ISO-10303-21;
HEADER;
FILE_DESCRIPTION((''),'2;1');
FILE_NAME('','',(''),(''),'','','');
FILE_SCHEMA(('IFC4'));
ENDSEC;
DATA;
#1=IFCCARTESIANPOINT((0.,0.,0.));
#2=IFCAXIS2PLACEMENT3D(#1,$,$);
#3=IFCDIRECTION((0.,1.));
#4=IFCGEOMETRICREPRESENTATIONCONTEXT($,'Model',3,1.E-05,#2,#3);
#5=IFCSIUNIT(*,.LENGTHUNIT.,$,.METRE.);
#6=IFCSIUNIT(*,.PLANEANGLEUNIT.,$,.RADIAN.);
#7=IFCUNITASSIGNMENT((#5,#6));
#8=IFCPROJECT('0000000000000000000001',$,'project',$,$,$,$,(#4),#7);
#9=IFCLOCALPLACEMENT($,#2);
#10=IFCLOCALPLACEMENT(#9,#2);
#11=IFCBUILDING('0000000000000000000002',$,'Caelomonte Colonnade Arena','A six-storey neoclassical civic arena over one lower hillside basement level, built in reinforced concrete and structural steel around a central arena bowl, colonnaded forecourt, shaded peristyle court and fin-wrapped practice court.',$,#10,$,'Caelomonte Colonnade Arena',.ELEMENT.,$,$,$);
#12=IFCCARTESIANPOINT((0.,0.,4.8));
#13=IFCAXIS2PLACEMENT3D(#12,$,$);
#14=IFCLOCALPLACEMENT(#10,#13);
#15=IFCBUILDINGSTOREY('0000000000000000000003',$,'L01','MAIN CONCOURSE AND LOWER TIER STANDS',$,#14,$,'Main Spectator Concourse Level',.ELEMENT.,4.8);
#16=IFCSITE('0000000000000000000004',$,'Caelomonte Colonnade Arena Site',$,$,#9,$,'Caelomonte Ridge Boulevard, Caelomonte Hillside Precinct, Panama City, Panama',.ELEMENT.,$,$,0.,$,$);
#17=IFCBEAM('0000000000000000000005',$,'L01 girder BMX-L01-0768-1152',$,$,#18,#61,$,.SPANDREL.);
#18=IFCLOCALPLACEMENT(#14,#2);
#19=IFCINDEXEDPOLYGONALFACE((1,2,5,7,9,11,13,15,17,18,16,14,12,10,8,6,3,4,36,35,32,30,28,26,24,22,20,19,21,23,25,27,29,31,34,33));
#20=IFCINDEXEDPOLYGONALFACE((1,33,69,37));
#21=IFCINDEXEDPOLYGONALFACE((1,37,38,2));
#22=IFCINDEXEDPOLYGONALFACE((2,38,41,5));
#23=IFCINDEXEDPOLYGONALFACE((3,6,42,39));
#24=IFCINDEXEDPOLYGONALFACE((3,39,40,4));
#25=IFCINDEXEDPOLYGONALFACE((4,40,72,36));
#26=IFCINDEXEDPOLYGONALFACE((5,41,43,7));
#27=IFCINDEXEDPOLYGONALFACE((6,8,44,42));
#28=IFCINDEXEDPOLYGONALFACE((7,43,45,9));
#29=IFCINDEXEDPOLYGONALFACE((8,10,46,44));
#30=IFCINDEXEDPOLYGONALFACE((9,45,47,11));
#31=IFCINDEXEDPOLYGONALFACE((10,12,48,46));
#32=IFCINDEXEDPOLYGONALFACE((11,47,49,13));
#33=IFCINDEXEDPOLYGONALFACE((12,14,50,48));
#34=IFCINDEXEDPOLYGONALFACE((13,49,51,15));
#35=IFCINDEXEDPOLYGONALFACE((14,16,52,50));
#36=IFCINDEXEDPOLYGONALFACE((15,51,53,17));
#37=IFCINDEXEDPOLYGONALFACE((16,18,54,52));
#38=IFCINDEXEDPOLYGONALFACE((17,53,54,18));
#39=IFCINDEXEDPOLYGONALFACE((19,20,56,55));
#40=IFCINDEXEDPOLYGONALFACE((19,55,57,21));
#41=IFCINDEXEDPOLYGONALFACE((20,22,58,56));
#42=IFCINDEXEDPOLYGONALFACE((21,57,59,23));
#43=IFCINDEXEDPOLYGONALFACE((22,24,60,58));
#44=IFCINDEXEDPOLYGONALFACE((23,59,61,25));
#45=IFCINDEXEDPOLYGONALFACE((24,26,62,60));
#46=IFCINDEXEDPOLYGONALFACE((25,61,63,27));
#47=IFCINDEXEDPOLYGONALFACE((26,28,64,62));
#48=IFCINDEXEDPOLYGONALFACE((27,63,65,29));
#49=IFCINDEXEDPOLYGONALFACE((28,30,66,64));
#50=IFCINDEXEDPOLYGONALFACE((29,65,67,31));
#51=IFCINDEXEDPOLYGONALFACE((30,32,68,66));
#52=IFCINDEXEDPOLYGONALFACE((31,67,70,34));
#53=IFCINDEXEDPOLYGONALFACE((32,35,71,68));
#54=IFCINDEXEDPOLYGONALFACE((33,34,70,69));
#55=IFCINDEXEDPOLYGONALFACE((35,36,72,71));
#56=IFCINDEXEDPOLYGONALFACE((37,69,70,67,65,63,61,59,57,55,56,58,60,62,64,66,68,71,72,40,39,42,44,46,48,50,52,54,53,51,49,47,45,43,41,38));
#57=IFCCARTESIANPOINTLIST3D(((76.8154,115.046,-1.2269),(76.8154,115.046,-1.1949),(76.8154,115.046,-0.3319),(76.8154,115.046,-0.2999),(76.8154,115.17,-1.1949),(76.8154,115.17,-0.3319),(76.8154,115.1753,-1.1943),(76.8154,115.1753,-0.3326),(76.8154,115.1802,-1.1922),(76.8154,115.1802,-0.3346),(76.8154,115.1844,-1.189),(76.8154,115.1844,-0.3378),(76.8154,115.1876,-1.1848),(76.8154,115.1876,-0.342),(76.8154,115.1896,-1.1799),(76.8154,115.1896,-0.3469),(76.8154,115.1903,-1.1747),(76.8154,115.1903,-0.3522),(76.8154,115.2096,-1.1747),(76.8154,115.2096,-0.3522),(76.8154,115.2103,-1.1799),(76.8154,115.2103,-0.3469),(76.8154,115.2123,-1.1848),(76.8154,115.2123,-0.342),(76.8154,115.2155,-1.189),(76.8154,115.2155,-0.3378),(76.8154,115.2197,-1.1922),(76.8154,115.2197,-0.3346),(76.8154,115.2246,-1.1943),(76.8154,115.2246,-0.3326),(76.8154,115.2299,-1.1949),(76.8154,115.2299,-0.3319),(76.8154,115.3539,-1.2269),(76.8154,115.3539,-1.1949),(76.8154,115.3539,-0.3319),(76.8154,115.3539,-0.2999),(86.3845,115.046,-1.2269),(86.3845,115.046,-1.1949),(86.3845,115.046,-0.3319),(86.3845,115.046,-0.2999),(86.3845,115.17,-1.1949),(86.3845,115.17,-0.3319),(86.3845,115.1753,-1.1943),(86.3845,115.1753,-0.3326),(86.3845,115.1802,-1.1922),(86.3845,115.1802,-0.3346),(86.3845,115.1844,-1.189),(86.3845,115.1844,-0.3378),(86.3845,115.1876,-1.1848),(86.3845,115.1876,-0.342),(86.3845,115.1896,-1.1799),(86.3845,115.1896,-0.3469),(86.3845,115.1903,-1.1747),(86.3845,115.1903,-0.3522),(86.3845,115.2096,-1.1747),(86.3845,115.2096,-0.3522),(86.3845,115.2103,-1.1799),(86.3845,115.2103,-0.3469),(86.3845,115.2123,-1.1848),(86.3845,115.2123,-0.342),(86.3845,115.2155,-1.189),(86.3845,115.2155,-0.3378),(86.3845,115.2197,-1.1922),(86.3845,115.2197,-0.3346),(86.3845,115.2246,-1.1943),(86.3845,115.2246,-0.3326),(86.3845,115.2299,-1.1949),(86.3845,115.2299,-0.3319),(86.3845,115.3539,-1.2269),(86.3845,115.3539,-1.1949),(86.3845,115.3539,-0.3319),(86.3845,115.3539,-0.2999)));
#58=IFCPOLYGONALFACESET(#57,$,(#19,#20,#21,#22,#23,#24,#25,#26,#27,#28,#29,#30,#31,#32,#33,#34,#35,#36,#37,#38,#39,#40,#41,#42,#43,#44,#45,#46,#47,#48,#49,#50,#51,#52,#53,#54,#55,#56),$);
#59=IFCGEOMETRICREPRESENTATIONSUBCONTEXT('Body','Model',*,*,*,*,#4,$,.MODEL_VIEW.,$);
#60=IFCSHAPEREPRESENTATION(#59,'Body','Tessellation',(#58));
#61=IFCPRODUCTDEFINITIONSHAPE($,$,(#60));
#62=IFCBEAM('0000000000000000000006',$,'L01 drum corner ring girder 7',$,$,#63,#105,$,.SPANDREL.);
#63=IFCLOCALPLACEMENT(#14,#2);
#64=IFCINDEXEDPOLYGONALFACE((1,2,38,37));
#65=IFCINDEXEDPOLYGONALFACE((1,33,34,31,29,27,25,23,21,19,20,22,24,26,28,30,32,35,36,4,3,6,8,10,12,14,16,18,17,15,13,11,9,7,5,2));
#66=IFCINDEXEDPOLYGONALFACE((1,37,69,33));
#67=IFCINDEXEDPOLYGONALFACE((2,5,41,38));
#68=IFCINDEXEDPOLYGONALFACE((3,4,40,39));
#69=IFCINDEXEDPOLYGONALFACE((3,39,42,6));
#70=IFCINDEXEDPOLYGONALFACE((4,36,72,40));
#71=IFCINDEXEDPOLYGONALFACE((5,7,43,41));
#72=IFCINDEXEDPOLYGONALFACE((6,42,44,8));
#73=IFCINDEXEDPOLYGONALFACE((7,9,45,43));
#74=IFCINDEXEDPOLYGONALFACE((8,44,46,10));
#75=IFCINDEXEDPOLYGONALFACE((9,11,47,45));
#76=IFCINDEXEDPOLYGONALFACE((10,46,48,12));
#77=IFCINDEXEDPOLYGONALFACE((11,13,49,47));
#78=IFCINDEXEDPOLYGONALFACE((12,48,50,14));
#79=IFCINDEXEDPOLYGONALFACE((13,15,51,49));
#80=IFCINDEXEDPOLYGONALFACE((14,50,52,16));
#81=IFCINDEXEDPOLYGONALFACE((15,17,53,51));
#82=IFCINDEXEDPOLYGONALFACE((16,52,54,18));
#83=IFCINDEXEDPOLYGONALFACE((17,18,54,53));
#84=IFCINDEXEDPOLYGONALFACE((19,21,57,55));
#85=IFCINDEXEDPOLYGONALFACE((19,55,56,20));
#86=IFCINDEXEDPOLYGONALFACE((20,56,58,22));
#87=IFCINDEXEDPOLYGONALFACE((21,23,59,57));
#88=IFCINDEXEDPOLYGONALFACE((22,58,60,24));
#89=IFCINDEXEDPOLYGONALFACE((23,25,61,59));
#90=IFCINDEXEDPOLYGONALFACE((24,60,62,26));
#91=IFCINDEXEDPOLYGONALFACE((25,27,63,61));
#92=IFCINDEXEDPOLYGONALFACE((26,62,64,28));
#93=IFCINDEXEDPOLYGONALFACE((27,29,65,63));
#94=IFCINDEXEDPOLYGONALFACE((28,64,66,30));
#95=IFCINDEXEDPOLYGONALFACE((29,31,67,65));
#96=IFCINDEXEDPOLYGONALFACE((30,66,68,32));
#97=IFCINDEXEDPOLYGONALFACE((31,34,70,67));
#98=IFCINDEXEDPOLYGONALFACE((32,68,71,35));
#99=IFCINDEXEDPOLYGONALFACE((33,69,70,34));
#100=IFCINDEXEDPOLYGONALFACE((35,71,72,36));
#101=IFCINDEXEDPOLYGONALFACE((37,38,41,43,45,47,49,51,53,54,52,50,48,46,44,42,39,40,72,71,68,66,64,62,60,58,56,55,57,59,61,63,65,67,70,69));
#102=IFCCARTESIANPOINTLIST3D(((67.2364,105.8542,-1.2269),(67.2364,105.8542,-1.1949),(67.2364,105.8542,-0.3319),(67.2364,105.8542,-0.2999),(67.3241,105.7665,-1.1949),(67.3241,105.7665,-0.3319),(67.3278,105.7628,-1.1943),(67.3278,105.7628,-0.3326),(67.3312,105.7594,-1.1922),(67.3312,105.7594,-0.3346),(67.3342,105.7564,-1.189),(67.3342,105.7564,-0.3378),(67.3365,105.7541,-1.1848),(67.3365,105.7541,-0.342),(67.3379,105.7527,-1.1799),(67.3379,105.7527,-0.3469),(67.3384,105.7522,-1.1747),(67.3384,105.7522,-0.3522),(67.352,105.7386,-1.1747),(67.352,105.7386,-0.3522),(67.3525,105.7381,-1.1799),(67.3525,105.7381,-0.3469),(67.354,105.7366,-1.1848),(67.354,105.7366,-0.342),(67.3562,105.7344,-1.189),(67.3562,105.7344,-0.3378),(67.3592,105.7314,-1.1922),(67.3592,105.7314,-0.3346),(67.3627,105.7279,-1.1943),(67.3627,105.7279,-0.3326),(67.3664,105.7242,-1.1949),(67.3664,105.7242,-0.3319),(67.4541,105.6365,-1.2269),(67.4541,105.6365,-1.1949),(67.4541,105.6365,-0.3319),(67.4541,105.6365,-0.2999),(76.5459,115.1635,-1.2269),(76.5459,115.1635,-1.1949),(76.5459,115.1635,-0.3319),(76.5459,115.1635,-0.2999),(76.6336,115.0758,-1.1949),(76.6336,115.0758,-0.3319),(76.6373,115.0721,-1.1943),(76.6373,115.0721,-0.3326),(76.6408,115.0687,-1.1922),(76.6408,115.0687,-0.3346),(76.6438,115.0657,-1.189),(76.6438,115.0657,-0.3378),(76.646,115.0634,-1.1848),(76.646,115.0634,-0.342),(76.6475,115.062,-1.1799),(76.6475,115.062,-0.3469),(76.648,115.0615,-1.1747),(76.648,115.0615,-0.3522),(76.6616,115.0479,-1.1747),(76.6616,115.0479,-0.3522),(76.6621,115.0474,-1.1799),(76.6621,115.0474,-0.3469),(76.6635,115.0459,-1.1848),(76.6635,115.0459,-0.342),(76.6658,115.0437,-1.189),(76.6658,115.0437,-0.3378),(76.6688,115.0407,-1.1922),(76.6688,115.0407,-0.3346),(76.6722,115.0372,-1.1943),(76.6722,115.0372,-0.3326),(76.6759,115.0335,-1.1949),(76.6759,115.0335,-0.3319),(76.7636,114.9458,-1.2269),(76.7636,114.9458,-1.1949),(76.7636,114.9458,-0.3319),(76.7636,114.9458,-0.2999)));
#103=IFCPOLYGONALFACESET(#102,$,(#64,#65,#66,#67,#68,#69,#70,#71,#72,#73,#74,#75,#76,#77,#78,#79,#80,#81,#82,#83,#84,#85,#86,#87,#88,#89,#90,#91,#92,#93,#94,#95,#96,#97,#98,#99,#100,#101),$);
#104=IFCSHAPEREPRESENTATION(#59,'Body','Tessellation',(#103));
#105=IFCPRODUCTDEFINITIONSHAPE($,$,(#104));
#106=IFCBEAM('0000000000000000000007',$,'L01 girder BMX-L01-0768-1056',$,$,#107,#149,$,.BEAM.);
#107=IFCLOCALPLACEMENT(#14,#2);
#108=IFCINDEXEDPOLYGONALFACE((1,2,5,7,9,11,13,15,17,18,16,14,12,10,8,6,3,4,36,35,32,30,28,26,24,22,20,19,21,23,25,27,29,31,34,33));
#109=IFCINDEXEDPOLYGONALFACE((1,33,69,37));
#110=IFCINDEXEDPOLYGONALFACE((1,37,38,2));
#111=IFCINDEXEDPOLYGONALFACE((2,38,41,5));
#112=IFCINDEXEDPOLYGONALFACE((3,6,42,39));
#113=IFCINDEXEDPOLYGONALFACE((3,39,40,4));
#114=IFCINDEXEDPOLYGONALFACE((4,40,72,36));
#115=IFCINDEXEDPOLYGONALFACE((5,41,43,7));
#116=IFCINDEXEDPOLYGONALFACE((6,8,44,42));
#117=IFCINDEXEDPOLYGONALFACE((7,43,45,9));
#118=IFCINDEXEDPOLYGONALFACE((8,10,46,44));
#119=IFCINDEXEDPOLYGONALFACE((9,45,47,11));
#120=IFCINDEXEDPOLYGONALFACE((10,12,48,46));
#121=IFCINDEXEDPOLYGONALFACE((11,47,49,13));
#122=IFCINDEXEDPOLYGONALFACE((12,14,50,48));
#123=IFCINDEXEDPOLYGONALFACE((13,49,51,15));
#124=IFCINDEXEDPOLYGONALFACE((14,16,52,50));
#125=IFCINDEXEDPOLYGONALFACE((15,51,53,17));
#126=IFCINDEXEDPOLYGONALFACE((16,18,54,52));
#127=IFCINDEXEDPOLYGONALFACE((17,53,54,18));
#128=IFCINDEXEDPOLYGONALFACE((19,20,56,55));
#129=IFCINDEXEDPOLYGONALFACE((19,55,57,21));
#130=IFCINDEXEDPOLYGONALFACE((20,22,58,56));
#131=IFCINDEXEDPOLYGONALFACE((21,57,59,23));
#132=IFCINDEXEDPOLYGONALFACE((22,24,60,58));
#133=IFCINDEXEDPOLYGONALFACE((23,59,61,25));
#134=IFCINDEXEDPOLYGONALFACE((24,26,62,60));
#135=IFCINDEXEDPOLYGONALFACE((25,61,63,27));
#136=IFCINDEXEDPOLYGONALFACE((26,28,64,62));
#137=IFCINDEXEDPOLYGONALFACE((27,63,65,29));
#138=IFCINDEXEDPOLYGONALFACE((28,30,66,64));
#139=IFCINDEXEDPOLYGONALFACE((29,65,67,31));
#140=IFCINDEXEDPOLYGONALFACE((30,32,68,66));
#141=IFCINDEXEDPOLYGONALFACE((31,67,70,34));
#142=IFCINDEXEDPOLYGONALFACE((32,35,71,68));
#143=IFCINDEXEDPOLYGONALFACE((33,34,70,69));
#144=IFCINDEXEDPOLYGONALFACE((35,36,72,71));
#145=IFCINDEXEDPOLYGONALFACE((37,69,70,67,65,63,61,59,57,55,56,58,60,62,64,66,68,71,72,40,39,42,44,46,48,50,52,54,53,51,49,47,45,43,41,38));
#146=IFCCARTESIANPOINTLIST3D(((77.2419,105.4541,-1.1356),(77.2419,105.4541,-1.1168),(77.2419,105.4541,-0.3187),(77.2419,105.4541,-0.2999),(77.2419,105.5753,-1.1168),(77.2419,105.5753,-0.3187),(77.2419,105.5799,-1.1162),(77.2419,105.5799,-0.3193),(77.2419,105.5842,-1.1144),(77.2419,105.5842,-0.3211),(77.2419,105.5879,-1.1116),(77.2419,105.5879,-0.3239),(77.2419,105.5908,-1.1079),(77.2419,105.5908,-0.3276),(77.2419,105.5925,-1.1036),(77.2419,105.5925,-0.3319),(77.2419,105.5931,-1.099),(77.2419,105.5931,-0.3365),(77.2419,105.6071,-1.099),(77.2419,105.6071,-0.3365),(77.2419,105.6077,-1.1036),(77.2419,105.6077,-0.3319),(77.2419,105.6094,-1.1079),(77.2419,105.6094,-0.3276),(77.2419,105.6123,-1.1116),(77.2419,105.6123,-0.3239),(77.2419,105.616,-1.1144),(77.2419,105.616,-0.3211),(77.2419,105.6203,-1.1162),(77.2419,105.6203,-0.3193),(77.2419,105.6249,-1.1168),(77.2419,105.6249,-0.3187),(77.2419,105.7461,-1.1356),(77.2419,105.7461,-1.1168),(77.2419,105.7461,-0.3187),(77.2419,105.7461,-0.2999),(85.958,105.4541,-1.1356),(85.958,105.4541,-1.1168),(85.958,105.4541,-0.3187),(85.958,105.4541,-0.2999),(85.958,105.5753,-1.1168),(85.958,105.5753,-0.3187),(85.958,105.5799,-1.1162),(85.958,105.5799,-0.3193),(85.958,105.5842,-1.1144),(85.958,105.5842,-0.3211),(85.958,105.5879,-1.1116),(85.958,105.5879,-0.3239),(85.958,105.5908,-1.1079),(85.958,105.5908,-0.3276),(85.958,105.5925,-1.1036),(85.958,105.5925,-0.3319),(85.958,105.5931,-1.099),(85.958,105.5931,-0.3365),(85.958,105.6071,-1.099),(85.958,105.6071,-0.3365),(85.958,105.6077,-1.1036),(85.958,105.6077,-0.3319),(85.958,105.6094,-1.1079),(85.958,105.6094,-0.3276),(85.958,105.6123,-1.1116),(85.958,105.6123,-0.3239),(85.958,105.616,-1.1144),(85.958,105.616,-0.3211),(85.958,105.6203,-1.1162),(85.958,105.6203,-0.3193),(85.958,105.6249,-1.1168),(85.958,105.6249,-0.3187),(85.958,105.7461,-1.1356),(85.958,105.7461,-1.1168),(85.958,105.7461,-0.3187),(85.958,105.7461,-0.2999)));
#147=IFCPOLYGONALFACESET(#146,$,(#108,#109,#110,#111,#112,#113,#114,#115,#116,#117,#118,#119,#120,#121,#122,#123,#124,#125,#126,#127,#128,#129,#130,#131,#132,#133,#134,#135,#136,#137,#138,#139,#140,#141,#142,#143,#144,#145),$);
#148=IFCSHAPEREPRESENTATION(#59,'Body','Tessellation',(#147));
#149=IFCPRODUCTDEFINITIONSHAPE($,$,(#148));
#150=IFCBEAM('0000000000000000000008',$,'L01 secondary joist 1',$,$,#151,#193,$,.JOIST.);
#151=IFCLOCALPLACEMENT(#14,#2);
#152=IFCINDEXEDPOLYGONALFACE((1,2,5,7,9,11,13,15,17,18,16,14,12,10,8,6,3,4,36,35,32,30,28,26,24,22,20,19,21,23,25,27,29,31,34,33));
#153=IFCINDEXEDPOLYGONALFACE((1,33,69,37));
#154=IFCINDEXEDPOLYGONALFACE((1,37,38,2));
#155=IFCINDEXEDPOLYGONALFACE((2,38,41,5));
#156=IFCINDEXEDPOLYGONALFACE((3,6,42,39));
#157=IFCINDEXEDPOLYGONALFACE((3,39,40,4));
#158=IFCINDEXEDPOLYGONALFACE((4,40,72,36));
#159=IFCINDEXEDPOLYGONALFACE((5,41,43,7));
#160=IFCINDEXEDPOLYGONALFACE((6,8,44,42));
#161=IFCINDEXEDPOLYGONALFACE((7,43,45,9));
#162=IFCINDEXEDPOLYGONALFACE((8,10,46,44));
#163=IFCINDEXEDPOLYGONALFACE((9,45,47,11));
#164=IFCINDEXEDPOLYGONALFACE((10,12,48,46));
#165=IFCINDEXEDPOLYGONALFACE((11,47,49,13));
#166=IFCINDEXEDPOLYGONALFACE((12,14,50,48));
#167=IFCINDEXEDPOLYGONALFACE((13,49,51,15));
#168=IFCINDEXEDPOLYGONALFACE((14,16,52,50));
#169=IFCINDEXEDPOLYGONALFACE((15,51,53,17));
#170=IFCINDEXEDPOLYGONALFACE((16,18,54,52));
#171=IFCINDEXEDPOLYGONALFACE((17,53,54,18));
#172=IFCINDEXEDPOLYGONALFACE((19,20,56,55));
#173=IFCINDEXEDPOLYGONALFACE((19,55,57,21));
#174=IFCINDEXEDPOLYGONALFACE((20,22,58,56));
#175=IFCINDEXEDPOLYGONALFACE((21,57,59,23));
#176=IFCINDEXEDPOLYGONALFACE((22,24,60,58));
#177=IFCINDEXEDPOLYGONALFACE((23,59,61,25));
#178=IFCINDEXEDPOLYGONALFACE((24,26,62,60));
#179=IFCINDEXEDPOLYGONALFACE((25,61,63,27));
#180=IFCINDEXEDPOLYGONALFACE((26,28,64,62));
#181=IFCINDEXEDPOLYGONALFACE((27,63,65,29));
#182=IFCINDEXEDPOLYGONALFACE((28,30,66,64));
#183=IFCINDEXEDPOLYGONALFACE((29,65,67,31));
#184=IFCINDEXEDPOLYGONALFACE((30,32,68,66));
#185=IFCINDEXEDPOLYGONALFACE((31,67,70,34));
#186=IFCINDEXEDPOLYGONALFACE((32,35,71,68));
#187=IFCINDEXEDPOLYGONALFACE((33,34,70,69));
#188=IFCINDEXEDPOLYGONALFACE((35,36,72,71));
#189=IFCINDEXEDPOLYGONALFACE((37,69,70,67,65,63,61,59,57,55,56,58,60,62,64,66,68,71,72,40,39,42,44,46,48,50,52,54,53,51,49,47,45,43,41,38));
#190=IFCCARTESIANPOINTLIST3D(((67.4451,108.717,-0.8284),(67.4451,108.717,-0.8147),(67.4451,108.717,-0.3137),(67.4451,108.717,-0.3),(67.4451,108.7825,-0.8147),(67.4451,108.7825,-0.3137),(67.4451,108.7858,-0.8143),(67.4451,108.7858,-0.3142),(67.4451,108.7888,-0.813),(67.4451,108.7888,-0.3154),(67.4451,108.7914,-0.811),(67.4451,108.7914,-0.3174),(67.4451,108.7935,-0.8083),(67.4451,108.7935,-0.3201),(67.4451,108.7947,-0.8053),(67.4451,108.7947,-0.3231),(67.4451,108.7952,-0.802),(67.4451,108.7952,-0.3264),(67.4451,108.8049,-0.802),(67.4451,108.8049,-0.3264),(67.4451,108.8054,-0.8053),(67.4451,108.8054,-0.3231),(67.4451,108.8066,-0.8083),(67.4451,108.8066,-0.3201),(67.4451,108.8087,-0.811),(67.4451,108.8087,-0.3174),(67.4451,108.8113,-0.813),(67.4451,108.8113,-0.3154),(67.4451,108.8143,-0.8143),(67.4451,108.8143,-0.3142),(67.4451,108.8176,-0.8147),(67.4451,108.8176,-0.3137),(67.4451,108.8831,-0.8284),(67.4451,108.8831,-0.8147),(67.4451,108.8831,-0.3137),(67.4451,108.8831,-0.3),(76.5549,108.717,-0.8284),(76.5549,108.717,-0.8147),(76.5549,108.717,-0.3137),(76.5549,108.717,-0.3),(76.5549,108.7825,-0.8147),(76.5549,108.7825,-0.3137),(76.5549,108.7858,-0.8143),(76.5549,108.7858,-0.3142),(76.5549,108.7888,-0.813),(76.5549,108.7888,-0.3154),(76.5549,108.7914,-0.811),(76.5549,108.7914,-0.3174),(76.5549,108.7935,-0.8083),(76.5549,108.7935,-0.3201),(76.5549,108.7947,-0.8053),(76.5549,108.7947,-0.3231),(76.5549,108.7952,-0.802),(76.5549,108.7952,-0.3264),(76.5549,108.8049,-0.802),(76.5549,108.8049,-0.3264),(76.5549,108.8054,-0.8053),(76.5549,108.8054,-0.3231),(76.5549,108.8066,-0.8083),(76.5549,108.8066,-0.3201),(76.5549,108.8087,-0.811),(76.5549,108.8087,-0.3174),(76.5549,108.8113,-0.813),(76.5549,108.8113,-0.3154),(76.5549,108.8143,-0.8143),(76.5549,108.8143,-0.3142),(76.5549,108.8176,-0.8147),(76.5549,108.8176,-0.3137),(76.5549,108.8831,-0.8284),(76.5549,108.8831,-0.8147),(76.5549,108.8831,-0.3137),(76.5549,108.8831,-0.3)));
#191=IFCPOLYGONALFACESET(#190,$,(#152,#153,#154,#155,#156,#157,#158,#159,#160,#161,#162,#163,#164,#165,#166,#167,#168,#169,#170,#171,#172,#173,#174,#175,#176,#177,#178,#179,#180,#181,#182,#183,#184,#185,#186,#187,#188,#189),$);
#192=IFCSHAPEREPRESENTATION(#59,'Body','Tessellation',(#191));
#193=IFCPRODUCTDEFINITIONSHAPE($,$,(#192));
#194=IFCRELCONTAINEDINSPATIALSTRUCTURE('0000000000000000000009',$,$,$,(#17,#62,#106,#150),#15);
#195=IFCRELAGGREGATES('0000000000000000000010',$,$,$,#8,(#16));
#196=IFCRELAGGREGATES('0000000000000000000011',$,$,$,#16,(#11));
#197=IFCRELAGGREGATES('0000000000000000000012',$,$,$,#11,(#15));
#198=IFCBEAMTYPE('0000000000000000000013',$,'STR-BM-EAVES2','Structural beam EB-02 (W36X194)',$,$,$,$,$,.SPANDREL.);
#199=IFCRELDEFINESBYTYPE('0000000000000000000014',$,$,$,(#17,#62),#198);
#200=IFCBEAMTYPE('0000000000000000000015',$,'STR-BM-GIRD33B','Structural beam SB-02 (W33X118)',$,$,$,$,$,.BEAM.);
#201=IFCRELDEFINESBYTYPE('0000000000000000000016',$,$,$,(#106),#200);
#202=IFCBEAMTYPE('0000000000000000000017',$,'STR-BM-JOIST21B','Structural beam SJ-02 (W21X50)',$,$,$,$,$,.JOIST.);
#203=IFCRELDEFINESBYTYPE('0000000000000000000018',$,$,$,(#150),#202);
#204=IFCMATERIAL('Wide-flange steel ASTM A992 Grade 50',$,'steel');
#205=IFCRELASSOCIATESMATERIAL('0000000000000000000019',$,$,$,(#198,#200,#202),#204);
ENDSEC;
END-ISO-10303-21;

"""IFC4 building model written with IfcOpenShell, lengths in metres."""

from ifc_helpers import new_model, si_unit, direction, frame, origin, origin_2d, place, context, subcontext, project, spatial, i_section, extrude, material, material_profile, profile_set, type_object, element, save


model = new_model("IFC4")

# Units and contexts
model_context = context("Model", 3, precision=1e-05, world=origin(), true_north=direction((0.0, 1.0)))
body_context = subcontext(model_context, "Body", "Model", "MODEL_VIEW")
ifc_project = project(units=[si_unit("LENGTHUNIT", "METRE"), si_unit("PLANEANGLEUNIT", "RADIAN")], contexts=[model_context])

# Site, building, storey
site_placement = place(None, origin())
site = spatial("IfcSite", under=ifc_project, at=site_placement, Name="Caelomonte Colonnade Arena Site", LongName="Caelomonte Ridge Boulevard, Caelomonte Hillside Precinct, Panama City, Panama", CompositionType="ELEMENT", RefElevation=0.0)
building_placement = place(site_placement, origin())
building = spatial("IfcBuilding", under=site, at=building_placement, Name="Caelomonte Colonnade Arena", Description="A six-storey neoclassical civic arena over one lower hillside basement level, built in reinforced concrete and structural steel around a central arena bowl, colonnaded forecourt, shaded peristyle court and fin-wrapped practice court.", LongName="Caelomonte Colonnade Arena", CompositionType="ELEMENT")
storey_placement = place(building_placement, frame((0.0, 0.0, 4.8)))
storey = spatial("IfcBuildingStorey", under=building, at=storey_placement, Name="L01", Description="MAIN CONCOURSE AND LOWER TIER STANDS", LongName="Main Spectator Concourse Level", CompositionType="ELEMENT", Elevation=4.8)

# Shared definitions
ifc_material_1 = material(Name="Wide-flange steel ASTM A992 Grade 50", Category="steel")

# Beams
ifc_material_profile_1 = material_profile(ifc_material_1, i_section(OverallWidth=0.3079, OverallDepth=0.927, WebThickness=0.0193, FlangeThickness=0.032, FilletRadius=0.0203, at=origin_2d()), Name="W36X194")
ifc_profile_set_1 = profile_set([ifc_material_profile_1], Name="Wide-flange steel ASTM A992 Grade 50")
beam_type_1 = type_object("IfcBeamType", Name="STR-BM-EAVES2", Description="Structural beam EB-02 (W36X194)", PredefinedType="SPANDREL", material=ifc_profile_set_1)
beam_1_placement = place(storey_placement, frame((76.8154, 115.2, -0.7634), z_axis=(1.0, 0.0, 0.0), x_axis=(0.0, 1.0, 0.0)))
element("IfcBeam", 1, at=beam_1_placement, inside=storey, type_object=beam_type_1, Name="L01 girder BMX-L01-0768-1152", PredefinedType="SPANDREL", context=body_context, shape_type="SweptSolid", body=[
    extrude(i_section(OverallWidth=0.3079, OverallDepth=0.927, WebThickness=0.0193, FlangeThickness=0.032, FilletRadius=0.0203, at=origin_2d()), origin(), (0.0, 0.0, 1.0), 9.5691),
])
beam_2_placement = place(storey_placement, frame((76.6548, 115.0547, -0.7634), z_axis=(-0.707116, -0.707098, 0.0), x_axis=(0.707098, -0.707116, 0.0)))
element("IfcBeam", 2, at=beam_2_placement, inside=storey, type_object=beam_type_1, Name="L01 drum corner ring girder 7", PredefinedType="SPANDREL", context=body_context, shape_type="SweptSolid", body=[
    extrude(i_section(OverallWidth=0.3079, OverallDepth=0.927, WebThickness=0.0193, FlangeThickness=0.032, FilletRadius=0.0203, at=origin_2d()), origin(), (0.0, 0.0, 1.0), 13.1655),
])
ifc_material_profile_2 = material_profile(ifc_material_1, i_section(OverallWidth=0.292, OverallDepth=0.8357, WebThickness=0.0139, FlangeThickness=0.0188, FilletRadius=0.0178, at=origin_2d()), Name="W33X118")
ifc_profile_set_2 = profile_set([ifc_material_profile_2], Name="Wide-flange steel ASTM A992 Grade 50")
beam_type_2 = type_object("IfcBeamType", Name="STR-BM-GIRD33B", Description="Structural beam SB-02 (W33X118)", PredefinedType="BEAM", material=ifc_profile_set_2)
beam_3_placement = place(storey_placement, frame((77.2419, 105.6001, -0.7178), z_axis=(1.0, 0.0, 0.0), x_axis=(0.0, 1.0, 0.0)))
element("IfcBeam", 3, at=beam_3_placement, inside=storey, type_object=beam_type_2, Name="L01 girder BMX-L01-0768-1056", PredefinedType="BEAM", context=body_context, shape_type="SweptSolid", body=[
    extrude(i_section(OverallWidth=0.292, OverallDepth=0.8357, WebThickness=0.0139, FlangeThickness=0.0188, FilletRadius=0.0178, at=origin_2d()), origin(), (0.0, 0.0, 1.0), 8.7161),
])
ifc_material_profile_3 = material_profile(ifc_material_1, i_section(OverallWidth=0.166, OverallDepth=0.5283, WebThickness=0.0098, FlangeThickness=0.0137, FilletRadius=0.0127, at=origin_2d()), Name="W21X50")
ifc_profile_set_3 = profile_set([ifc_material_profile_3], Name="Wide-flange steel ASTM A992 Grade 50")
beam_type_3 = type_object("IfcBeamType", Name="STR-BM-JOIST21B", Description="Structural beam SJ-02 (W21X50)", PredefinedType="JOIST", material=ifc_profile_set_3)
for number, where, z_axis, x_axis, name in (
    (4, (67.4451, 108.8, -0.5642), (1.0, 0.0, 0.0), (0.0, 1.0, 0.0), "L01 secondary joist 1"),
):
    element("IfcBeam", number, at=place(storey_placement, frame(where, z_axis=z_axis, x_axis=x_axis)), inside=storey, type_object=beam_type_3, Name=name, PredefinedType="JOIST", context=body_context, shape_type="SweptSolid", body=[
        extrude(i_section(OverallWidth=0.166, OverallDepth=0.5283, WebThickness=0.0098, FlangeThickness=0.0137, FilletRadius=0.0127, at=origin_2d()), origin(), (0.0, 0.0, 1.0), 9.1099),
    ])

save(model, "model.ifc")
